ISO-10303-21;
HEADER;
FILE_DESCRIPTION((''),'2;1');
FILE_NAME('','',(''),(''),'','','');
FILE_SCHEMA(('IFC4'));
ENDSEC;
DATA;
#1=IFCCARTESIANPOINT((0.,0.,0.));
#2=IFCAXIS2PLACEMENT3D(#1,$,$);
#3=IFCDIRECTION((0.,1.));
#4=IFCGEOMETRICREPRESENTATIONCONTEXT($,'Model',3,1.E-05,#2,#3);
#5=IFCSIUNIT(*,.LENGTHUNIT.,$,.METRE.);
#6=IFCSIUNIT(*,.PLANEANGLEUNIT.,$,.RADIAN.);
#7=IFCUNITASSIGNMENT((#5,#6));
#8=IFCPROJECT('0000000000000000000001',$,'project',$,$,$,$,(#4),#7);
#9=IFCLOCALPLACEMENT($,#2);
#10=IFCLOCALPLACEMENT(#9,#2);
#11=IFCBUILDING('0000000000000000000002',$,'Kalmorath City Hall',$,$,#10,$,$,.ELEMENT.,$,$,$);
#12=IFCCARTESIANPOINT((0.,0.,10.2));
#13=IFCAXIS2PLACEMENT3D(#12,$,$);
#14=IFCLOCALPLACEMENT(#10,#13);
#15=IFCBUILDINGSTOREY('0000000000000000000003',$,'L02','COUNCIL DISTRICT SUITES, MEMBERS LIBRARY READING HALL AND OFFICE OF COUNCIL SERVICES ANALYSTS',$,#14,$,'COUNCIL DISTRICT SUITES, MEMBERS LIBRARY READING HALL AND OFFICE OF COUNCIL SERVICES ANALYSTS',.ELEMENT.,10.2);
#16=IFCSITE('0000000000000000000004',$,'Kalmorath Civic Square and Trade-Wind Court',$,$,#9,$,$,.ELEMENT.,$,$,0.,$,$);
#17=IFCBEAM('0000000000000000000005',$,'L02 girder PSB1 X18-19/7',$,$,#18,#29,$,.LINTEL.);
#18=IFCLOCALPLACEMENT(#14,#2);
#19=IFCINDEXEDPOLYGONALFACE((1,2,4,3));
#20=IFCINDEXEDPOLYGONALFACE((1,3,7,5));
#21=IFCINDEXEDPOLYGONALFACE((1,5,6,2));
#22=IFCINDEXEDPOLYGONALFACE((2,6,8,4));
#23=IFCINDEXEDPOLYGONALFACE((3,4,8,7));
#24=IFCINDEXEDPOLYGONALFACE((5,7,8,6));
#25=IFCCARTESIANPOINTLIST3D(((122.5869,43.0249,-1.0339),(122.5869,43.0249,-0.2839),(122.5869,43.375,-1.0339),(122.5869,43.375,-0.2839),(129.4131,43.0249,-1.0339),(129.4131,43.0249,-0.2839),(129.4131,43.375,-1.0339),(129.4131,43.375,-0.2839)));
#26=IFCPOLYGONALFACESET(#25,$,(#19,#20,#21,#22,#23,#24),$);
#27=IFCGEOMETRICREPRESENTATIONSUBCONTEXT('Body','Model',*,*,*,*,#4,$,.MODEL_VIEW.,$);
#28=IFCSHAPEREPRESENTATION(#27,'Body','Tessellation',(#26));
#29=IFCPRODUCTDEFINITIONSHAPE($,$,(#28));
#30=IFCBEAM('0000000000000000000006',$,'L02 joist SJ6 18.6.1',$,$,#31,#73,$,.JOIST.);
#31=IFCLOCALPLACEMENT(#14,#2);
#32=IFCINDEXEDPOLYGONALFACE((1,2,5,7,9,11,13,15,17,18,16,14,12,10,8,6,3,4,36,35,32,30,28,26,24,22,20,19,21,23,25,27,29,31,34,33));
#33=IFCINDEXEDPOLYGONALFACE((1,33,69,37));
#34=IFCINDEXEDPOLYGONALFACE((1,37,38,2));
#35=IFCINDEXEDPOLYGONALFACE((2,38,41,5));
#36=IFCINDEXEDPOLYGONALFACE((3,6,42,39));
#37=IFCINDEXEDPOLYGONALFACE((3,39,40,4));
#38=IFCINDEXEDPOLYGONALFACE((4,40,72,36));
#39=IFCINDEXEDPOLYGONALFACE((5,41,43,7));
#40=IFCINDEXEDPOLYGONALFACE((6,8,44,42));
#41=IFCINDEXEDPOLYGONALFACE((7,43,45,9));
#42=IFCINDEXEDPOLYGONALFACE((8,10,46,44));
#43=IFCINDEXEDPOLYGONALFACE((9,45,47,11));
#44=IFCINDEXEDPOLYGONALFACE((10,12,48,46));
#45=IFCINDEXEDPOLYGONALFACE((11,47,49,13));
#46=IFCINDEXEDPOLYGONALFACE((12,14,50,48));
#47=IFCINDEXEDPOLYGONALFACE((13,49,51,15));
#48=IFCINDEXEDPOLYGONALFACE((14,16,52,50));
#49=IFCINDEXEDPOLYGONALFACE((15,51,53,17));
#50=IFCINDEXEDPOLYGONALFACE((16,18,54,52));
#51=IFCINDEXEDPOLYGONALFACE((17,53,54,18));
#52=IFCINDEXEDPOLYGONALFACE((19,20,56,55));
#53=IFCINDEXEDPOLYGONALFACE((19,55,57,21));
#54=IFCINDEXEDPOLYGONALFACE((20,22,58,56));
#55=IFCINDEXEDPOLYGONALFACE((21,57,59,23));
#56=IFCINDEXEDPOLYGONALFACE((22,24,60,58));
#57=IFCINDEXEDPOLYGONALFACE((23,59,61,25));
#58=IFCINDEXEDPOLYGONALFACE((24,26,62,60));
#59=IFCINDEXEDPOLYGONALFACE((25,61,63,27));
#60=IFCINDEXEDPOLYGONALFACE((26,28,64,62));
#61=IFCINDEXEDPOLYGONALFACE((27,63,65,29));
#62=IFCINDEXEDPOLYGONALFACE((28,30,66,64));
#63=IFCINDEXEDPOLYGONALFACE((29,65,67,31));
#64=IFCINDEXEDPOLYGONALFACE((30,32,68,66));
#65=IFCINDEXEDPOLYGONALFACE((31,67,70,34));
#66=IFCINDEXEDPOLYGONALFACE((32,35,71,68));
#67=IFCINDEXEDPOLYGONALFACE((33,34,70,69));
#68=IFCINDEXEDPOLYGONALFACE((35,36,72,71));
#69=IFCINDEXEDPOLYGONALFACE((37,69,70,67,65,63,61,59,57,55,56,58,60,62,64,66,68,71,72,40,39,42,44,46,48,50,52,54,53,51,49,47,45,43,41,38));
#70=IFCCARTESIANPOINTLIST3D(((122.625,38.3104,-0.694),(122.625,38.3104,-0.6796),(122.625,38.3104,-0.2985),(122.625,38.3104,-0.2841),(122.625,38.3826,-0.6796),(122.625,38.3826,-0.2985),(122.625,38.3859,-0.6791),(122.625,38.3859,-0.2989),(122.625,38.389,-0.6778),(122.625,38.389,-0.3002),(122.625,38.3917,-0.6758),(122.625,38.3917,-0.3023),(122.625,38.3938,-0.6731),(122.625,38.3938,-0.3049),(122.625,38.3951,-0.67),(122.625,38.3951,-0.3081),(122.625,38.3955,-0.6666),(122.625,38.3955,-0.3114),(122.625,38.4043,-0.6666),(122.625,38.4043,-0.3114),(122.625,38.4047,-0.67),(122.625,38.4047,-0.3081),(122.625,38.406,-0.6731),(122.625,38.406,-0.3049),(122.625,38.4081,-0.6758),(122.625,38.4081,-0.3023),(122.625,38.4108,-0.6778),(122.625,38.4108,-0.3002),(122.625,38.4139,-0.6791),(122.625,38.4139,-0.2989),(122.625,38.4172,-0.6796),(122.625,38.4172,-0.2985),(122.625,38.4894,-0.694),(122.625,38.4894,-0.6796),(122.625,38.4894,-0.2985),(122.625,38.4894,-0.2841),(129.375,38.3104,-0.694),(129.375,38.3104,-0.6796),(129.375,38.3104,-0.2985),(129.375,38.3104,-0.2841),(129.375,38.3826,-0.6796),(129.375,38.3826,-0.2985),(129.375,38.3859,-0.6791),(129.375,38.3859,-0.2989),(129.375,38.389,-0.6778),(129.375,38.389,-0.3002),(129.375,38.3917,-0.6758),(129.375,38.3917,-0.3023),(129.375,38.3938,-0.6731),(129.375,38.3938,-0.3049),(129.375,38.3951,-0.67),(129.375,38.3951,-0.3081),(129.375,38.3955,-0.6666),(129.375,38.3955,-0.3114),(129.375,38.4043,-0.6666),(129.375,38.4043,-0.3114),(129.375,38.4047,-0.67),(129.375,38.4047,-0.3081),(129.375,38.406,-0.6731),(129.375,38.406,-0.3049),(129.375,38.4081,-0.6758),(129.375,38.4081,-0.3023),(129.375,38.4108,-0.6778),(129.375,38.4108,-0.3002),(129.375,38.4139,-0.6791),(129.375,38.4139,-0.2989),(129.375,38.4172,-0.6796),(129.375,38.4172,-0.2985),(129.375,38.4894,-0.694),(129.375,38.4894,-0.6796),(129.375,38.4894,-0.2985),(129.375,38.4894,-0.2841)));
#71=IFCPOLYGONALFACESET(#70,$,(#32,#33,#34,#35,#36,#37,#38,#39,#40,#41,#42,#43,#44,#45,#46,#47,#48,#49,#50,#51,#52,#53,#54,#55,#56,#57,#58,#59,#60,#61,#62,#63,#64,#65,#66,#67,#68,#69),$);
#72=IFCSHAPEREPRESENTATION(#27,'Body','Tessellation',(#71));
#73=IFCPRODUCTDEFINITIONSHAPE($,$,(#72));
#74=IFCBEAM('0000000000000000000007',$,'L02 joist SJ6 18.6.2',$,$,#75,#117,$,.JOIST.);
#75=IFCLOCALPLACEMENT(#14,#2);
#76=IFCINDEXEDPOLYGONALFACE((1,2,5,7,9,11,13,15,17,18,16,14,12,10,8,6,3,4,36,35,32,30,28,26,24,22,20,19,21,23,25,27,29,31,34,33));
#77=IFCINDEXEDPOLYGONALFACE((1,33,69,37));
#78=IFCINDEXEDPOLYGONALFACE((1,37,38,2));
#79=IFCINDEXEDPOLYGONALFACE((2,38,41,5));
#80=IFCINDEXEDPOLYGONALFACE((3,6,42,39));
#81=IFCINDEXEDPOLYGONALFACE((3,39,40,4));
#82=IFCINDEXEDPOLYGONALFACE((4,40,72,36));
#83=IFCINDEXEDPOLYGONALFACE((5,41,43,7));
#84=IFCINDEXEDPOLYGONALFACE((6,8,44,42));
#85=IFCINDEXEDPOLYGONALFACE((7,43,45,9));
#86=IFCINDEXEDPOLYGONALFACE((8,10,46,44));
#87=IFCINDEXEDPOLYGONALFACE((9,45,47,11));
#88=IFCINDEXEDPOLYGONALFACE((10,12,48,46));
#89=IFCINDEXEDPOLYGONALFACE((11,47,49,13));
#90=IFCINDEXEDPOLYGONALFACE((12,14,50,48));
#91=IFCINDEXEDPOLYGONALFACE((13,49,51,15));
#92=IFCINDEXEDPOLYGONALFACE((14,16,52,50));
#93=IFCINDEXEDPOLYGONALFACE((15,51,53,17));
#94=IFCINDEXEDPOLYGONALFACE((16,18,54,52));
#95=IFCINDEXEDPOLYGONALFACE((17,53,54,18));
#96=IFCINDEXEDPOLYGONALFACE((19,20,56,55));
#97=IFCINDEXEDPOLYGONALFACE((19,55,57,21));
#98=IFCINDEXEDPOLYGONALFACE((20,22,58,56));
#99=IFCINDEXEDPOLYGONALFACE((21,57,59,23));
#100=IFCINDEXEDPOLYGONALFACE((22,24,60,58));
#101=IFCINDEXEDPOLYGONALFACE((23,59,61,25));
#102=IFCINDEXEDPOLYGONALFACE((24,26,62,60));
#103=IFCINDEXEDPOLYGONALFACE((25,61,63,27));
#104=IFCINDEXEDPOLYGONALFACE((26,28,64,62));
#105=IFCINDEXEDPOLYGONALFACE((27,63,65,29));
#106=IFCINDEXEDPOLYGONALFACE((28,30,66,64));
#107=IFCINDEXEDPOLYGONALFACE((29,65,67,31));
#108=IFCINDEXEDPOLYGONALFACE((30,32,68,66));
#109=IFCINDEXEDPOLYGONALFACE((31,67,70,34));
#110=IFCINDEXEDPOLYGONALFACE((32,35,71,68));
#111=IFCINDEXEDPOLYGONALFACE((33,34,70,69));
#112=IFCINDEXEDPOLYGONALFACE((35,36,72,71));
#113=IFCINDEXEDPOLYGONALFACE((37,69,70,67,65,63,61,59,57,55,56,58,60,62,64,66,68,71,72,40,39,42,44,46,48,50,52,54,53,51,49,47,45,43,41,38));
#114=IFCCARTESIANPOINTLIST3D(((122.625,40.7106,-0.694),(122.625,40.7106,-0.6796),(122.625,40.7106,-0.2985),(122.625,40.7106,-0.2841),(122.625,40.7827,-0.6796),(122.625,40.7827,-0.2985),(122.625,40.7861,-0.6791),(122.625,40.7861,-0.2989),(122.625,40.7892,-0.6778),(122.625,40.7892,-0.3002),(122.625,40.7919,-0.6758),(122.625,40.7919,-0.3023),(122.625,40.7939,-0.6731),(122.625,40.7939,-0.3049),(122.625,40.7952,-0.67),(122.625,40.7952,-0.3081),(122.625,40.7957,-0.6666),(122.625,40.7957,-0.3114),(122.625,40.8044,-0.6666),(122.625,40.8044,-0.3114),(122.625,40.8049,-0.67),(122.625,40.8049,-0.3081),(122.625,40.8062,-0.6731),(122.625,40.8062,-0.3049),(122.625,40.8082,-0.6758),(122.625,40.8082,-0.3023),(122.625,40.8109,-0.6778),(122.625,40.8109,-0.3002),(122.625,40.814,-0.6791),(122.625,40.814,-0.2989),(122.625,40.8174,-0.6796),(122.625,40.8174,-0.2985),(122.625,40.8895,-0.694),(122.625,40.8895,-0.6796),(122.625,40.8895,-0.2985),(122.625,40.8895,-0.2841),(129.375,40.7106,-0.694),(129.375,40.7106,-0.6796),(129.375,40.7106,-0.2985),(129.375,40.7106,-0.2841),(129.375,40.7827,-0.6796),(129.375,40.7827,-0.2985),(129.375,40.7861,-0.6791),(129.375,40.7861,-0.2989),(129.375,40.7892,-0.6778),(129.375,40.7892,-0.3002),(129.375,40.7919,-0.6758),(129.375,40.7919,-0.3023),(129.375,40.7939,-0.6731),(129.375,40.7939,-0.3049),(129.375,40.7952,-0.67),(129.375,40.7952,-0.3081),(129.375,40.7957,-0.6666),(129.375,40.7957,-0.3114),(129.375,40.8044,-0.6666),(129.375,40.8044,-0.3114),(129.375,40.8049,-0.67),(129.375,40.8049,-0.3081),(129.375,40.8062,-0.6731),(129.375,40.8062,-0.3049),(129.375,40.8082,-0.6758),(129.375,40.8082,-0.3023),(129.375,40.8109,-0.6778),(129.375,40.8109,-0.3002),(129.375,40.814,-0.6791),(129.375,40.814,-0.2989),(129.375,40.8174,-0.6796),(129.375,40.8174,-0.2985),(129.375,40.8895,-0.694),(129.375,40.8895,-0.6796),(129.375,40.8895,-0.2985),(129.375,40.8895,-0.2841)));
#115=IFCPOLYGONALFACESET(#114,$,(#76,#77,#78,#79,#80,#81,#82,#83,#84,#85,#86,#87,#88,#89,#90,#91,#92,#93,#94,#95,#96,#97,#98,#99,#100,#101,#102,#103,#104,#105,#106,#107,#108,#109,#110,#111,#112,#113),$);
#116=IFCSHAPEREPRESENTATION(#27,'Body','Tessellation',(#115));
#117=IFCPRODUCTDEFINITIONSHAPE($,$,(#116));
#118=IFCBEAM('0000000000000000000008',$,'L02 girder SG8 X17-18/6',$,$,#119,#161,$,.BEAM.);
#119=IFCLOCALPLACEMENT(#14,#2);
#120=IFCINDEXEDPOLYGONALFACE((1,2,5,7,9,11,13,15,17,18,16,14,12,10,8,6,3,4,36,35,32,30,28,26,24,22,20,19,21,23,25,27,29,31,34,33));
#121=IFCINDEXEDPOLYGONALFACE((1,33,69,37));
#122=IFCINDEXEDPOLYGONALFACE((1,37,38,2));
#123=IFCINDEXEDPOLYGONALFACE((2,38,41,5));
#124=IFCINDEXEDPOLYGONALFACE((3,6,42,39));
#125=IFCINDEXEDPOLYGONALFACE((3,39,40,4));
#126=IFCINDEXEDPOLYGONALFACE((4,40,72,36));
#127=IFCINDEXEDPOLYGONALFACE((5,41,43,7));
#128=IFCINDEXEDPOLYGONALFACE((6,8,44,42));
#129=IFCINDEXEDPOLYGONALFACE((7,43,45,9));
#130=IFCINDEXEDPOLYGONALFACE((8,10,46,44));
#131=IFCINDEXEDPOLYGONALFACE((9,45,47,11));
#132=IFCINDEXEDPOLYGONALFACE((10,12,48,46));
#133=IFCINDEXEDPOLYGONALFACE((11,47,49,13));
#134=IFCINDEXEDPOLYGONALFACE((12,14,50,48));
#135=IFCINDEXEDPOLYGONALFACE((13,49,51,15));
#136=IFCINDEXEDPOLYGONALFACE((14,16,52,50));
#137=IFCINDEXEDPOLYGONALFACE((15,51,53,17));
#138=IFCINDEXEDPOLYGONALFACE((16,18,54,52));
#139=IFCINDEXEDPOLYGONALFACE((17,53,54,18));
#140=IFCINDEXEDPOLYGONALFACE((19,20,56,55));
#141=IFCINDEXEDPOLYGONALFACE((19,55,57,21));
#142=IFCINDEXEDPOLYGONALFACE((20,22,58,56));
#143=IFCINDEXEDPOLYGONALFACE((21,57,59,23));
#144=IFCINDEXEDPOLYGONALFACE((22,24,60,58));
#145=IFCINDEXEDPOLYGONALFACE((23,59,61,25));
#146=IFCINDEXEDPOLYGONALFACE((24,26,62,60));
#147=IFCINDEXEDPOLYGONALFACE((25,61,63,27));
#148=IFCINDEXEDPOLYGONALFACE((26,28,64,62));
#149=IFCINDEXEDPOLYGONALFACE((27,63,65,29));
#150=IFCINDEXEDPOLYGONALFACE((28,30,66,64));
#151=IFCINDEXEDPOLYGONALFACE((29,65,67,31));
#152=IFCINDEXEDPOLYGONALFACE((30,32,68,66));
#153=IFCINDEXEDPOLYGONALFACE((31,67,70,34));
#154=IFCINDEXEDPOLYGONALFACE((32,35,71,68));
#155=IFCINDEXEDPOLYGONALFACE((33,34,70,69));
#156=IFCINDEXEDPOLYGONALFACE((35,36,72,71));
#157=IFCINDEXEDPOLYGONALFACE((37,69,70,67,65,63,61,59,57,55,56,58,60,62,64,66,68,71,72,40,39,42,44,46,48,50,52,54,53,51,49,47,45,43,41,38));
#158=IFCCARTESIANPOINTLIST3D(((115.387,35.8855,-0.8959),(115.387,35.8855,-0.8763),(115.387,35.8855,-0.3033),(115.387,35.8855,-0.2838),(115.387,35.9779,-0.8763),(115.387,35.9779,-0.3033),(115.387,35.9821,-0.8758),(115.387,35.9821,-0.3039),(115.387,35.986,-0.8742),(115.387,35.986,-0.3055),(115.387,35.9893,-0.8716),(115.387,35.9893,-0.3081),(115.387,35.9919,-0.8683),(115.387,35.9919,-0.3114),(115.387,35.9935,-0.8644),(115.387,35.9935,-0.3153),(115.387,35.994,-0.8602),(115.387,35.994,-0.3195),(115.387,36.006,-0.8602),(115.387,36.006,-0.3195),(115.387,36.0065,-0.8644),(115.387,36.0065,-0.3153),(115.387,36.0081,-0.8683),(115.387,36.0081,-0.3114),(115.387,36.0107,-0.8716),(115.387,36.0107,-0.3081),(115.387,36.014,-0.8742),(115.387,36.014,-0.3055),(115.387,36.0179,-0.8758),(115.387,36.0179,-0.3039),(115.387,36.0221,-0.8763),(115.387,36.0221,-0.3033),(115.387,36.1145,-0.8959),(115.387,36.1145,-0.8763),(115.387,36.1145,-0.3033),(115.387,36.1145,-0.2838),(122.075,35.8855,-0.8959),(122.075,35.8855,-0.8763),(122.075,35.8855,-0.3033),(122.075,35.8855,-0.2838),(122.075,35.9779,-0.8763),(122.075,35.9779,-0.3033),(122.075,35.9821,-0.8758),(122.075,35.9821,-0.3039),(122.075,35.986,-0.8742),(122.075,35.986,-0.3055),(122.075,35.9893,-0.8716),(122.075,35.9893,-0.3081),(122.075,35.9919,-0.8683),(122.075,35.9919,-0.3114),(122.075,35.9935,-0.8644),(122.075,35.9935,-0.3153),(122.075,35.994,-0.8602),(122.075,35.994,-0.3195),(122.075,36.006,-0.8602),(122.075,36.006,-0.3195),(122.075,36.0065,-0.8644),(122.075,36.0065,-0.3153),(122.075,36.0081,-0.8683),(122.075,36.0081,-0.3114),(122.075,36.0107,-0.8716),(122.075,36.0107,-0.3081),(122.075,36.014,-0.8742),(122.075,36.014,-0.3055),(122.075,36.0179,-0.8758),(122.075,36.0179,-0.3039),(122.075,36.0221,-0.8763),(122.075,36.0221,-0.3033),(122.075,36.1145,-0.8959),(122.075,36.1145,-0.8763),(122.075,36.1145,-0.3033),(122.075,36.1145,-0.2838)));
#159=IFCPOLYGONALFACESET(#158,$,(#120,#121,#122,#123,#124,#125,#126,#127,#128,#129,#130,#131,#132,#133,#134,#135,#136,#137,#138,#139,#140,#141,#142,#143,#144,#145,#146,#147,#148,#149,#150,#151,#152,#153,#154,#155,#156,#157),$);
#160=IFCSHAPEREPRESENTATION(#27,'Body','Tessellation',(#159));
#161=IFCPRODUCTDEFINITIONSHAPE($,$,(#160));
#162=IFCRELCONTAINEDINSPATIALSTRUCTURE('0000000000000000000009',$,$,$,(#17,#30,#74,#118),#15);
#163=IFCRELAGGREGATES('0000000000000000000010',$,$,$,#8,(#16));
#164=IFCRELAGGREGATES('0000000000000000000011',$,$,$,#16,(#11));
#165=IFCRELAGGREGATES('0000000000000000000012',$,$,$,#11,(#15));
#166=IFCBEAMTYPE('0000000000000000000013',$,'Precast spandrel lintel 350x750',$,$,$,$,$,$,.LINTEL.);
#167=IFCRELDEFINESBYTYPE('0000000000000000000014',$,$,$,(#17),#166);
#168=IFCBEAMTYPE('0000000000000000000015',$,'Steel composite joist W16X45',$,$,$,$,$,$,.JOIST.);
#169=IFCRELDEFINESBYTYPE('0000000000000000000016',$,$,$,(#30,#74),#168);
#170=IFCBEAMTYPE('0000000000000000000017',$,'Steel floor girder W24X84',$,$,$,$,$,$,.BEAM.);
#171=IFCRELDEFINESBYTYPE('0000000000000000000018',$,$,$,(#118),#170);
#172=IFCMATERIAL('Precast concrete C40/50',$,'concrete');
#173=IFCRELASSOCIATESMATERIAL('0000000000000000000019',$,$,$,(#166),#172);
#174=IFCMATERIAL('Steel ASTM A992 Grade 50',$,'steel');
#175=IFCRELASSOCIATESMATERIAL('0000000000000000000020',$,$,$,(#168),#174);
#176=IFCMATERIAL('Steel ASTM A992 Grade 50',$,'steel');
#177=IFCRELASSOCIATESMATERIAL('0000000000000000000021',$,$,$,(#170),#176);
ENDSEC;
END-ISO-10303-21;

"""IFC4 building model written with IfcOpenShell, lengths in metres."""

from ifc_helpers import new_model, si_unit, direction, frame, origin, origin_2d, place, context, subcontext, project, spatial, rectangle, i_section, extrude, material, material_profile, profile_set, type_object, element, save


model = new_model("IFC4")

# Units and contexts
model_context = context("Model", 3, precision=1e-05, world=origin(), true_north=direction((0.0, 1.0)))
body_context = subcontext(model_context, "Body", "Model", "MODEL_VIEW")
ifc_project = project(units=[si_unit("LENGTHUNIT", "METRE"), si_unit("PLANEANGLEUNIT", "RADIAN")], contexts=[model_context])

# Site, building, storey
site_placement = place(None, origin())
site = spatial("IfcSite", under=ifc_project, at=site_placement, Name="Kalmorath Civic Square and Trade-Wind Court", CompositionType="ELEMENT", RefElevation=0.0)
building_placement = place(site_placement, origin())
building = spatial("IfcBuilding", under=site, at=building_placement, Name="Kalmorath City Hall", CompositionType="ELEMENT")
storey_placement = place(building_placement, frame((0.0, 0.0, 10.2)))
storey = spatial("IfcBuildingStorey", under=building, at=storey_placement, Name="L02", Description="COUNCIL DISTRICT SUITES, MEMBERS LIBRARY READING HALL AND OFFICE OF COUNCIL SERVICES ANALYSTS", LongName="COUNCIL DISTRICT SUITES, MEMBERS LIBRARY READING HALL AND OFFICE OF COUNCIL SERVICES ANALYSTS", CompositionType="ELEMENT", Elevation=10.2)

# Beams
ifc_material_1 = material(Name="Precast concrete C40/50", Category="concrete")
ifc_material_profile_1 = material_profile(ifc_material_1, rectangle(XDim=0.3501, YDim=0.75, at=origin_2d()), Name="PC-SP-350X750")
ifc_profile_set_1 = profile_set([ifc_material_profile_1], Name="Precast concrete C40/50")
beam_type_1 = type_object("IfcBeamType", Name="Precast spandrel lintel 350x750", PredefinedType="LINTEL", material=ifc_profile_set_1)
beam_1_placement = place(storey_placement, frame((122.5869, 43.2, -0.6589), z_axis=(1.0, 0.0, 0.0), x_axis=(0.0, 1.0, 0.0)))
element("IfcBeam", 1, at=beam_1_placement, inside=storey, type_object=beam_type_1, Name="L02 girder PSB1 X18-19/7", PredefinedType="LINTEL", context=body_context, shape_type="SweptSolid", body=[
    extrude(rectangle(XDim=0.3501, YDim=0.75, at=origin_2d()), origin(), (0.0, 0.0, 1.0), 6.8262),
])
ifc_material_2 = material(Name="Steel ASTM A992 Grade 50", Category="steel")
ifc_material_profile_2 = material_profile(ifc_material_2, i_section(OverallWidth=0.179, OverallDepth=0.4099, WebThickness=0.0088, FlangeThickness=0.0144, FilletRadius=0.0129, at=origin_2d()), Name="W16X45")
ifc_profile_set_2 = profile_set([ifc_material_profile_2], Name="Steel ASTM A992 Grade 50")
beam_type_2 = type_object("IfcBeamType", Name="Steel composite joist W16X45", PredefinedType="JOIST", material=ifc_profile_set_2)
for number, where, z_axis, x_axis, name in (
    (2, (122.625, 38.3999, -0.489), (1.0, 0.0, 0.0), (0.0, 1.0, 0.0), "L02 joist SJ6 18.6.1"),
    (3, (122.625, 40.8, -0.489), (1.0, 0.0, 0.0), (0.0, 1.0, 0.0), "L02 joist SJ6 18.6.2"),
):
    element("IfcBeam", number, at=place(storey_placement, frame(where, z_axis=z_axis, x_axis=x_axis)), inside=storey, type_object=beam_type_2, Name=name, PredefinedType="JOIST", context=body_context, shape_type="SweptSolid", body=[
        extrude(i_section(OverallWidth=0.179, OverallDepth=0.4099, WebThickness=0.0088, FlangeThickness=0.0144, FilletRadius=0.0129, at=origin_2d()), origin(), (0.0, 0.0, 1.0), 6.75),
    ])
ifc_material_3 = material(Name="Steel ASTM A992 Grade 50", Category="steel")
ifc_material_profile_3 = material_profile(ifc_material_3, i_section(OverallWidth=0.229, OverallDepth=0.6121, WebThickness=0.012, FlangeThickness=0.0195, FilletRadius=0.0161, at=origin_2d()), Name="W24X84")
ifc_profile_set_3 = profile_set([ifc_material_profile_3], Name="Steel ASTM A992 Grade 50")
beam_type_3 = type_object("IfcBeamType", Name="Steel floor girder W24X84", PredefinedType="BEAM", material=ifc_profile_set_3)
beam_2_placement = place(storey_placement, frame((115.387, 36.0, -0.5898), z_axis=(1.0, 0.0, 0.0), x_axis=(0.0, 1.0, 0.0)))
element("IfcBeam", 4, at=beam_2_placement, inside=storey, type_object=beam_type_3, Name="L02 girder SG8 X17-18/6", PredefinedType="BEAM", context=body_context, shape_type="SweptSolid", body=[
    extrude(i_section(OverallWidth=0.229, OverallDepth=0.6121, WebThickness=0.012, FlangeThickness=0.0195, FilletRadius=0.0161, at=origin_2d()), origin(), (0.0, 0.0, 1.0), 6.688),
])

save(model, "model.ifc")
